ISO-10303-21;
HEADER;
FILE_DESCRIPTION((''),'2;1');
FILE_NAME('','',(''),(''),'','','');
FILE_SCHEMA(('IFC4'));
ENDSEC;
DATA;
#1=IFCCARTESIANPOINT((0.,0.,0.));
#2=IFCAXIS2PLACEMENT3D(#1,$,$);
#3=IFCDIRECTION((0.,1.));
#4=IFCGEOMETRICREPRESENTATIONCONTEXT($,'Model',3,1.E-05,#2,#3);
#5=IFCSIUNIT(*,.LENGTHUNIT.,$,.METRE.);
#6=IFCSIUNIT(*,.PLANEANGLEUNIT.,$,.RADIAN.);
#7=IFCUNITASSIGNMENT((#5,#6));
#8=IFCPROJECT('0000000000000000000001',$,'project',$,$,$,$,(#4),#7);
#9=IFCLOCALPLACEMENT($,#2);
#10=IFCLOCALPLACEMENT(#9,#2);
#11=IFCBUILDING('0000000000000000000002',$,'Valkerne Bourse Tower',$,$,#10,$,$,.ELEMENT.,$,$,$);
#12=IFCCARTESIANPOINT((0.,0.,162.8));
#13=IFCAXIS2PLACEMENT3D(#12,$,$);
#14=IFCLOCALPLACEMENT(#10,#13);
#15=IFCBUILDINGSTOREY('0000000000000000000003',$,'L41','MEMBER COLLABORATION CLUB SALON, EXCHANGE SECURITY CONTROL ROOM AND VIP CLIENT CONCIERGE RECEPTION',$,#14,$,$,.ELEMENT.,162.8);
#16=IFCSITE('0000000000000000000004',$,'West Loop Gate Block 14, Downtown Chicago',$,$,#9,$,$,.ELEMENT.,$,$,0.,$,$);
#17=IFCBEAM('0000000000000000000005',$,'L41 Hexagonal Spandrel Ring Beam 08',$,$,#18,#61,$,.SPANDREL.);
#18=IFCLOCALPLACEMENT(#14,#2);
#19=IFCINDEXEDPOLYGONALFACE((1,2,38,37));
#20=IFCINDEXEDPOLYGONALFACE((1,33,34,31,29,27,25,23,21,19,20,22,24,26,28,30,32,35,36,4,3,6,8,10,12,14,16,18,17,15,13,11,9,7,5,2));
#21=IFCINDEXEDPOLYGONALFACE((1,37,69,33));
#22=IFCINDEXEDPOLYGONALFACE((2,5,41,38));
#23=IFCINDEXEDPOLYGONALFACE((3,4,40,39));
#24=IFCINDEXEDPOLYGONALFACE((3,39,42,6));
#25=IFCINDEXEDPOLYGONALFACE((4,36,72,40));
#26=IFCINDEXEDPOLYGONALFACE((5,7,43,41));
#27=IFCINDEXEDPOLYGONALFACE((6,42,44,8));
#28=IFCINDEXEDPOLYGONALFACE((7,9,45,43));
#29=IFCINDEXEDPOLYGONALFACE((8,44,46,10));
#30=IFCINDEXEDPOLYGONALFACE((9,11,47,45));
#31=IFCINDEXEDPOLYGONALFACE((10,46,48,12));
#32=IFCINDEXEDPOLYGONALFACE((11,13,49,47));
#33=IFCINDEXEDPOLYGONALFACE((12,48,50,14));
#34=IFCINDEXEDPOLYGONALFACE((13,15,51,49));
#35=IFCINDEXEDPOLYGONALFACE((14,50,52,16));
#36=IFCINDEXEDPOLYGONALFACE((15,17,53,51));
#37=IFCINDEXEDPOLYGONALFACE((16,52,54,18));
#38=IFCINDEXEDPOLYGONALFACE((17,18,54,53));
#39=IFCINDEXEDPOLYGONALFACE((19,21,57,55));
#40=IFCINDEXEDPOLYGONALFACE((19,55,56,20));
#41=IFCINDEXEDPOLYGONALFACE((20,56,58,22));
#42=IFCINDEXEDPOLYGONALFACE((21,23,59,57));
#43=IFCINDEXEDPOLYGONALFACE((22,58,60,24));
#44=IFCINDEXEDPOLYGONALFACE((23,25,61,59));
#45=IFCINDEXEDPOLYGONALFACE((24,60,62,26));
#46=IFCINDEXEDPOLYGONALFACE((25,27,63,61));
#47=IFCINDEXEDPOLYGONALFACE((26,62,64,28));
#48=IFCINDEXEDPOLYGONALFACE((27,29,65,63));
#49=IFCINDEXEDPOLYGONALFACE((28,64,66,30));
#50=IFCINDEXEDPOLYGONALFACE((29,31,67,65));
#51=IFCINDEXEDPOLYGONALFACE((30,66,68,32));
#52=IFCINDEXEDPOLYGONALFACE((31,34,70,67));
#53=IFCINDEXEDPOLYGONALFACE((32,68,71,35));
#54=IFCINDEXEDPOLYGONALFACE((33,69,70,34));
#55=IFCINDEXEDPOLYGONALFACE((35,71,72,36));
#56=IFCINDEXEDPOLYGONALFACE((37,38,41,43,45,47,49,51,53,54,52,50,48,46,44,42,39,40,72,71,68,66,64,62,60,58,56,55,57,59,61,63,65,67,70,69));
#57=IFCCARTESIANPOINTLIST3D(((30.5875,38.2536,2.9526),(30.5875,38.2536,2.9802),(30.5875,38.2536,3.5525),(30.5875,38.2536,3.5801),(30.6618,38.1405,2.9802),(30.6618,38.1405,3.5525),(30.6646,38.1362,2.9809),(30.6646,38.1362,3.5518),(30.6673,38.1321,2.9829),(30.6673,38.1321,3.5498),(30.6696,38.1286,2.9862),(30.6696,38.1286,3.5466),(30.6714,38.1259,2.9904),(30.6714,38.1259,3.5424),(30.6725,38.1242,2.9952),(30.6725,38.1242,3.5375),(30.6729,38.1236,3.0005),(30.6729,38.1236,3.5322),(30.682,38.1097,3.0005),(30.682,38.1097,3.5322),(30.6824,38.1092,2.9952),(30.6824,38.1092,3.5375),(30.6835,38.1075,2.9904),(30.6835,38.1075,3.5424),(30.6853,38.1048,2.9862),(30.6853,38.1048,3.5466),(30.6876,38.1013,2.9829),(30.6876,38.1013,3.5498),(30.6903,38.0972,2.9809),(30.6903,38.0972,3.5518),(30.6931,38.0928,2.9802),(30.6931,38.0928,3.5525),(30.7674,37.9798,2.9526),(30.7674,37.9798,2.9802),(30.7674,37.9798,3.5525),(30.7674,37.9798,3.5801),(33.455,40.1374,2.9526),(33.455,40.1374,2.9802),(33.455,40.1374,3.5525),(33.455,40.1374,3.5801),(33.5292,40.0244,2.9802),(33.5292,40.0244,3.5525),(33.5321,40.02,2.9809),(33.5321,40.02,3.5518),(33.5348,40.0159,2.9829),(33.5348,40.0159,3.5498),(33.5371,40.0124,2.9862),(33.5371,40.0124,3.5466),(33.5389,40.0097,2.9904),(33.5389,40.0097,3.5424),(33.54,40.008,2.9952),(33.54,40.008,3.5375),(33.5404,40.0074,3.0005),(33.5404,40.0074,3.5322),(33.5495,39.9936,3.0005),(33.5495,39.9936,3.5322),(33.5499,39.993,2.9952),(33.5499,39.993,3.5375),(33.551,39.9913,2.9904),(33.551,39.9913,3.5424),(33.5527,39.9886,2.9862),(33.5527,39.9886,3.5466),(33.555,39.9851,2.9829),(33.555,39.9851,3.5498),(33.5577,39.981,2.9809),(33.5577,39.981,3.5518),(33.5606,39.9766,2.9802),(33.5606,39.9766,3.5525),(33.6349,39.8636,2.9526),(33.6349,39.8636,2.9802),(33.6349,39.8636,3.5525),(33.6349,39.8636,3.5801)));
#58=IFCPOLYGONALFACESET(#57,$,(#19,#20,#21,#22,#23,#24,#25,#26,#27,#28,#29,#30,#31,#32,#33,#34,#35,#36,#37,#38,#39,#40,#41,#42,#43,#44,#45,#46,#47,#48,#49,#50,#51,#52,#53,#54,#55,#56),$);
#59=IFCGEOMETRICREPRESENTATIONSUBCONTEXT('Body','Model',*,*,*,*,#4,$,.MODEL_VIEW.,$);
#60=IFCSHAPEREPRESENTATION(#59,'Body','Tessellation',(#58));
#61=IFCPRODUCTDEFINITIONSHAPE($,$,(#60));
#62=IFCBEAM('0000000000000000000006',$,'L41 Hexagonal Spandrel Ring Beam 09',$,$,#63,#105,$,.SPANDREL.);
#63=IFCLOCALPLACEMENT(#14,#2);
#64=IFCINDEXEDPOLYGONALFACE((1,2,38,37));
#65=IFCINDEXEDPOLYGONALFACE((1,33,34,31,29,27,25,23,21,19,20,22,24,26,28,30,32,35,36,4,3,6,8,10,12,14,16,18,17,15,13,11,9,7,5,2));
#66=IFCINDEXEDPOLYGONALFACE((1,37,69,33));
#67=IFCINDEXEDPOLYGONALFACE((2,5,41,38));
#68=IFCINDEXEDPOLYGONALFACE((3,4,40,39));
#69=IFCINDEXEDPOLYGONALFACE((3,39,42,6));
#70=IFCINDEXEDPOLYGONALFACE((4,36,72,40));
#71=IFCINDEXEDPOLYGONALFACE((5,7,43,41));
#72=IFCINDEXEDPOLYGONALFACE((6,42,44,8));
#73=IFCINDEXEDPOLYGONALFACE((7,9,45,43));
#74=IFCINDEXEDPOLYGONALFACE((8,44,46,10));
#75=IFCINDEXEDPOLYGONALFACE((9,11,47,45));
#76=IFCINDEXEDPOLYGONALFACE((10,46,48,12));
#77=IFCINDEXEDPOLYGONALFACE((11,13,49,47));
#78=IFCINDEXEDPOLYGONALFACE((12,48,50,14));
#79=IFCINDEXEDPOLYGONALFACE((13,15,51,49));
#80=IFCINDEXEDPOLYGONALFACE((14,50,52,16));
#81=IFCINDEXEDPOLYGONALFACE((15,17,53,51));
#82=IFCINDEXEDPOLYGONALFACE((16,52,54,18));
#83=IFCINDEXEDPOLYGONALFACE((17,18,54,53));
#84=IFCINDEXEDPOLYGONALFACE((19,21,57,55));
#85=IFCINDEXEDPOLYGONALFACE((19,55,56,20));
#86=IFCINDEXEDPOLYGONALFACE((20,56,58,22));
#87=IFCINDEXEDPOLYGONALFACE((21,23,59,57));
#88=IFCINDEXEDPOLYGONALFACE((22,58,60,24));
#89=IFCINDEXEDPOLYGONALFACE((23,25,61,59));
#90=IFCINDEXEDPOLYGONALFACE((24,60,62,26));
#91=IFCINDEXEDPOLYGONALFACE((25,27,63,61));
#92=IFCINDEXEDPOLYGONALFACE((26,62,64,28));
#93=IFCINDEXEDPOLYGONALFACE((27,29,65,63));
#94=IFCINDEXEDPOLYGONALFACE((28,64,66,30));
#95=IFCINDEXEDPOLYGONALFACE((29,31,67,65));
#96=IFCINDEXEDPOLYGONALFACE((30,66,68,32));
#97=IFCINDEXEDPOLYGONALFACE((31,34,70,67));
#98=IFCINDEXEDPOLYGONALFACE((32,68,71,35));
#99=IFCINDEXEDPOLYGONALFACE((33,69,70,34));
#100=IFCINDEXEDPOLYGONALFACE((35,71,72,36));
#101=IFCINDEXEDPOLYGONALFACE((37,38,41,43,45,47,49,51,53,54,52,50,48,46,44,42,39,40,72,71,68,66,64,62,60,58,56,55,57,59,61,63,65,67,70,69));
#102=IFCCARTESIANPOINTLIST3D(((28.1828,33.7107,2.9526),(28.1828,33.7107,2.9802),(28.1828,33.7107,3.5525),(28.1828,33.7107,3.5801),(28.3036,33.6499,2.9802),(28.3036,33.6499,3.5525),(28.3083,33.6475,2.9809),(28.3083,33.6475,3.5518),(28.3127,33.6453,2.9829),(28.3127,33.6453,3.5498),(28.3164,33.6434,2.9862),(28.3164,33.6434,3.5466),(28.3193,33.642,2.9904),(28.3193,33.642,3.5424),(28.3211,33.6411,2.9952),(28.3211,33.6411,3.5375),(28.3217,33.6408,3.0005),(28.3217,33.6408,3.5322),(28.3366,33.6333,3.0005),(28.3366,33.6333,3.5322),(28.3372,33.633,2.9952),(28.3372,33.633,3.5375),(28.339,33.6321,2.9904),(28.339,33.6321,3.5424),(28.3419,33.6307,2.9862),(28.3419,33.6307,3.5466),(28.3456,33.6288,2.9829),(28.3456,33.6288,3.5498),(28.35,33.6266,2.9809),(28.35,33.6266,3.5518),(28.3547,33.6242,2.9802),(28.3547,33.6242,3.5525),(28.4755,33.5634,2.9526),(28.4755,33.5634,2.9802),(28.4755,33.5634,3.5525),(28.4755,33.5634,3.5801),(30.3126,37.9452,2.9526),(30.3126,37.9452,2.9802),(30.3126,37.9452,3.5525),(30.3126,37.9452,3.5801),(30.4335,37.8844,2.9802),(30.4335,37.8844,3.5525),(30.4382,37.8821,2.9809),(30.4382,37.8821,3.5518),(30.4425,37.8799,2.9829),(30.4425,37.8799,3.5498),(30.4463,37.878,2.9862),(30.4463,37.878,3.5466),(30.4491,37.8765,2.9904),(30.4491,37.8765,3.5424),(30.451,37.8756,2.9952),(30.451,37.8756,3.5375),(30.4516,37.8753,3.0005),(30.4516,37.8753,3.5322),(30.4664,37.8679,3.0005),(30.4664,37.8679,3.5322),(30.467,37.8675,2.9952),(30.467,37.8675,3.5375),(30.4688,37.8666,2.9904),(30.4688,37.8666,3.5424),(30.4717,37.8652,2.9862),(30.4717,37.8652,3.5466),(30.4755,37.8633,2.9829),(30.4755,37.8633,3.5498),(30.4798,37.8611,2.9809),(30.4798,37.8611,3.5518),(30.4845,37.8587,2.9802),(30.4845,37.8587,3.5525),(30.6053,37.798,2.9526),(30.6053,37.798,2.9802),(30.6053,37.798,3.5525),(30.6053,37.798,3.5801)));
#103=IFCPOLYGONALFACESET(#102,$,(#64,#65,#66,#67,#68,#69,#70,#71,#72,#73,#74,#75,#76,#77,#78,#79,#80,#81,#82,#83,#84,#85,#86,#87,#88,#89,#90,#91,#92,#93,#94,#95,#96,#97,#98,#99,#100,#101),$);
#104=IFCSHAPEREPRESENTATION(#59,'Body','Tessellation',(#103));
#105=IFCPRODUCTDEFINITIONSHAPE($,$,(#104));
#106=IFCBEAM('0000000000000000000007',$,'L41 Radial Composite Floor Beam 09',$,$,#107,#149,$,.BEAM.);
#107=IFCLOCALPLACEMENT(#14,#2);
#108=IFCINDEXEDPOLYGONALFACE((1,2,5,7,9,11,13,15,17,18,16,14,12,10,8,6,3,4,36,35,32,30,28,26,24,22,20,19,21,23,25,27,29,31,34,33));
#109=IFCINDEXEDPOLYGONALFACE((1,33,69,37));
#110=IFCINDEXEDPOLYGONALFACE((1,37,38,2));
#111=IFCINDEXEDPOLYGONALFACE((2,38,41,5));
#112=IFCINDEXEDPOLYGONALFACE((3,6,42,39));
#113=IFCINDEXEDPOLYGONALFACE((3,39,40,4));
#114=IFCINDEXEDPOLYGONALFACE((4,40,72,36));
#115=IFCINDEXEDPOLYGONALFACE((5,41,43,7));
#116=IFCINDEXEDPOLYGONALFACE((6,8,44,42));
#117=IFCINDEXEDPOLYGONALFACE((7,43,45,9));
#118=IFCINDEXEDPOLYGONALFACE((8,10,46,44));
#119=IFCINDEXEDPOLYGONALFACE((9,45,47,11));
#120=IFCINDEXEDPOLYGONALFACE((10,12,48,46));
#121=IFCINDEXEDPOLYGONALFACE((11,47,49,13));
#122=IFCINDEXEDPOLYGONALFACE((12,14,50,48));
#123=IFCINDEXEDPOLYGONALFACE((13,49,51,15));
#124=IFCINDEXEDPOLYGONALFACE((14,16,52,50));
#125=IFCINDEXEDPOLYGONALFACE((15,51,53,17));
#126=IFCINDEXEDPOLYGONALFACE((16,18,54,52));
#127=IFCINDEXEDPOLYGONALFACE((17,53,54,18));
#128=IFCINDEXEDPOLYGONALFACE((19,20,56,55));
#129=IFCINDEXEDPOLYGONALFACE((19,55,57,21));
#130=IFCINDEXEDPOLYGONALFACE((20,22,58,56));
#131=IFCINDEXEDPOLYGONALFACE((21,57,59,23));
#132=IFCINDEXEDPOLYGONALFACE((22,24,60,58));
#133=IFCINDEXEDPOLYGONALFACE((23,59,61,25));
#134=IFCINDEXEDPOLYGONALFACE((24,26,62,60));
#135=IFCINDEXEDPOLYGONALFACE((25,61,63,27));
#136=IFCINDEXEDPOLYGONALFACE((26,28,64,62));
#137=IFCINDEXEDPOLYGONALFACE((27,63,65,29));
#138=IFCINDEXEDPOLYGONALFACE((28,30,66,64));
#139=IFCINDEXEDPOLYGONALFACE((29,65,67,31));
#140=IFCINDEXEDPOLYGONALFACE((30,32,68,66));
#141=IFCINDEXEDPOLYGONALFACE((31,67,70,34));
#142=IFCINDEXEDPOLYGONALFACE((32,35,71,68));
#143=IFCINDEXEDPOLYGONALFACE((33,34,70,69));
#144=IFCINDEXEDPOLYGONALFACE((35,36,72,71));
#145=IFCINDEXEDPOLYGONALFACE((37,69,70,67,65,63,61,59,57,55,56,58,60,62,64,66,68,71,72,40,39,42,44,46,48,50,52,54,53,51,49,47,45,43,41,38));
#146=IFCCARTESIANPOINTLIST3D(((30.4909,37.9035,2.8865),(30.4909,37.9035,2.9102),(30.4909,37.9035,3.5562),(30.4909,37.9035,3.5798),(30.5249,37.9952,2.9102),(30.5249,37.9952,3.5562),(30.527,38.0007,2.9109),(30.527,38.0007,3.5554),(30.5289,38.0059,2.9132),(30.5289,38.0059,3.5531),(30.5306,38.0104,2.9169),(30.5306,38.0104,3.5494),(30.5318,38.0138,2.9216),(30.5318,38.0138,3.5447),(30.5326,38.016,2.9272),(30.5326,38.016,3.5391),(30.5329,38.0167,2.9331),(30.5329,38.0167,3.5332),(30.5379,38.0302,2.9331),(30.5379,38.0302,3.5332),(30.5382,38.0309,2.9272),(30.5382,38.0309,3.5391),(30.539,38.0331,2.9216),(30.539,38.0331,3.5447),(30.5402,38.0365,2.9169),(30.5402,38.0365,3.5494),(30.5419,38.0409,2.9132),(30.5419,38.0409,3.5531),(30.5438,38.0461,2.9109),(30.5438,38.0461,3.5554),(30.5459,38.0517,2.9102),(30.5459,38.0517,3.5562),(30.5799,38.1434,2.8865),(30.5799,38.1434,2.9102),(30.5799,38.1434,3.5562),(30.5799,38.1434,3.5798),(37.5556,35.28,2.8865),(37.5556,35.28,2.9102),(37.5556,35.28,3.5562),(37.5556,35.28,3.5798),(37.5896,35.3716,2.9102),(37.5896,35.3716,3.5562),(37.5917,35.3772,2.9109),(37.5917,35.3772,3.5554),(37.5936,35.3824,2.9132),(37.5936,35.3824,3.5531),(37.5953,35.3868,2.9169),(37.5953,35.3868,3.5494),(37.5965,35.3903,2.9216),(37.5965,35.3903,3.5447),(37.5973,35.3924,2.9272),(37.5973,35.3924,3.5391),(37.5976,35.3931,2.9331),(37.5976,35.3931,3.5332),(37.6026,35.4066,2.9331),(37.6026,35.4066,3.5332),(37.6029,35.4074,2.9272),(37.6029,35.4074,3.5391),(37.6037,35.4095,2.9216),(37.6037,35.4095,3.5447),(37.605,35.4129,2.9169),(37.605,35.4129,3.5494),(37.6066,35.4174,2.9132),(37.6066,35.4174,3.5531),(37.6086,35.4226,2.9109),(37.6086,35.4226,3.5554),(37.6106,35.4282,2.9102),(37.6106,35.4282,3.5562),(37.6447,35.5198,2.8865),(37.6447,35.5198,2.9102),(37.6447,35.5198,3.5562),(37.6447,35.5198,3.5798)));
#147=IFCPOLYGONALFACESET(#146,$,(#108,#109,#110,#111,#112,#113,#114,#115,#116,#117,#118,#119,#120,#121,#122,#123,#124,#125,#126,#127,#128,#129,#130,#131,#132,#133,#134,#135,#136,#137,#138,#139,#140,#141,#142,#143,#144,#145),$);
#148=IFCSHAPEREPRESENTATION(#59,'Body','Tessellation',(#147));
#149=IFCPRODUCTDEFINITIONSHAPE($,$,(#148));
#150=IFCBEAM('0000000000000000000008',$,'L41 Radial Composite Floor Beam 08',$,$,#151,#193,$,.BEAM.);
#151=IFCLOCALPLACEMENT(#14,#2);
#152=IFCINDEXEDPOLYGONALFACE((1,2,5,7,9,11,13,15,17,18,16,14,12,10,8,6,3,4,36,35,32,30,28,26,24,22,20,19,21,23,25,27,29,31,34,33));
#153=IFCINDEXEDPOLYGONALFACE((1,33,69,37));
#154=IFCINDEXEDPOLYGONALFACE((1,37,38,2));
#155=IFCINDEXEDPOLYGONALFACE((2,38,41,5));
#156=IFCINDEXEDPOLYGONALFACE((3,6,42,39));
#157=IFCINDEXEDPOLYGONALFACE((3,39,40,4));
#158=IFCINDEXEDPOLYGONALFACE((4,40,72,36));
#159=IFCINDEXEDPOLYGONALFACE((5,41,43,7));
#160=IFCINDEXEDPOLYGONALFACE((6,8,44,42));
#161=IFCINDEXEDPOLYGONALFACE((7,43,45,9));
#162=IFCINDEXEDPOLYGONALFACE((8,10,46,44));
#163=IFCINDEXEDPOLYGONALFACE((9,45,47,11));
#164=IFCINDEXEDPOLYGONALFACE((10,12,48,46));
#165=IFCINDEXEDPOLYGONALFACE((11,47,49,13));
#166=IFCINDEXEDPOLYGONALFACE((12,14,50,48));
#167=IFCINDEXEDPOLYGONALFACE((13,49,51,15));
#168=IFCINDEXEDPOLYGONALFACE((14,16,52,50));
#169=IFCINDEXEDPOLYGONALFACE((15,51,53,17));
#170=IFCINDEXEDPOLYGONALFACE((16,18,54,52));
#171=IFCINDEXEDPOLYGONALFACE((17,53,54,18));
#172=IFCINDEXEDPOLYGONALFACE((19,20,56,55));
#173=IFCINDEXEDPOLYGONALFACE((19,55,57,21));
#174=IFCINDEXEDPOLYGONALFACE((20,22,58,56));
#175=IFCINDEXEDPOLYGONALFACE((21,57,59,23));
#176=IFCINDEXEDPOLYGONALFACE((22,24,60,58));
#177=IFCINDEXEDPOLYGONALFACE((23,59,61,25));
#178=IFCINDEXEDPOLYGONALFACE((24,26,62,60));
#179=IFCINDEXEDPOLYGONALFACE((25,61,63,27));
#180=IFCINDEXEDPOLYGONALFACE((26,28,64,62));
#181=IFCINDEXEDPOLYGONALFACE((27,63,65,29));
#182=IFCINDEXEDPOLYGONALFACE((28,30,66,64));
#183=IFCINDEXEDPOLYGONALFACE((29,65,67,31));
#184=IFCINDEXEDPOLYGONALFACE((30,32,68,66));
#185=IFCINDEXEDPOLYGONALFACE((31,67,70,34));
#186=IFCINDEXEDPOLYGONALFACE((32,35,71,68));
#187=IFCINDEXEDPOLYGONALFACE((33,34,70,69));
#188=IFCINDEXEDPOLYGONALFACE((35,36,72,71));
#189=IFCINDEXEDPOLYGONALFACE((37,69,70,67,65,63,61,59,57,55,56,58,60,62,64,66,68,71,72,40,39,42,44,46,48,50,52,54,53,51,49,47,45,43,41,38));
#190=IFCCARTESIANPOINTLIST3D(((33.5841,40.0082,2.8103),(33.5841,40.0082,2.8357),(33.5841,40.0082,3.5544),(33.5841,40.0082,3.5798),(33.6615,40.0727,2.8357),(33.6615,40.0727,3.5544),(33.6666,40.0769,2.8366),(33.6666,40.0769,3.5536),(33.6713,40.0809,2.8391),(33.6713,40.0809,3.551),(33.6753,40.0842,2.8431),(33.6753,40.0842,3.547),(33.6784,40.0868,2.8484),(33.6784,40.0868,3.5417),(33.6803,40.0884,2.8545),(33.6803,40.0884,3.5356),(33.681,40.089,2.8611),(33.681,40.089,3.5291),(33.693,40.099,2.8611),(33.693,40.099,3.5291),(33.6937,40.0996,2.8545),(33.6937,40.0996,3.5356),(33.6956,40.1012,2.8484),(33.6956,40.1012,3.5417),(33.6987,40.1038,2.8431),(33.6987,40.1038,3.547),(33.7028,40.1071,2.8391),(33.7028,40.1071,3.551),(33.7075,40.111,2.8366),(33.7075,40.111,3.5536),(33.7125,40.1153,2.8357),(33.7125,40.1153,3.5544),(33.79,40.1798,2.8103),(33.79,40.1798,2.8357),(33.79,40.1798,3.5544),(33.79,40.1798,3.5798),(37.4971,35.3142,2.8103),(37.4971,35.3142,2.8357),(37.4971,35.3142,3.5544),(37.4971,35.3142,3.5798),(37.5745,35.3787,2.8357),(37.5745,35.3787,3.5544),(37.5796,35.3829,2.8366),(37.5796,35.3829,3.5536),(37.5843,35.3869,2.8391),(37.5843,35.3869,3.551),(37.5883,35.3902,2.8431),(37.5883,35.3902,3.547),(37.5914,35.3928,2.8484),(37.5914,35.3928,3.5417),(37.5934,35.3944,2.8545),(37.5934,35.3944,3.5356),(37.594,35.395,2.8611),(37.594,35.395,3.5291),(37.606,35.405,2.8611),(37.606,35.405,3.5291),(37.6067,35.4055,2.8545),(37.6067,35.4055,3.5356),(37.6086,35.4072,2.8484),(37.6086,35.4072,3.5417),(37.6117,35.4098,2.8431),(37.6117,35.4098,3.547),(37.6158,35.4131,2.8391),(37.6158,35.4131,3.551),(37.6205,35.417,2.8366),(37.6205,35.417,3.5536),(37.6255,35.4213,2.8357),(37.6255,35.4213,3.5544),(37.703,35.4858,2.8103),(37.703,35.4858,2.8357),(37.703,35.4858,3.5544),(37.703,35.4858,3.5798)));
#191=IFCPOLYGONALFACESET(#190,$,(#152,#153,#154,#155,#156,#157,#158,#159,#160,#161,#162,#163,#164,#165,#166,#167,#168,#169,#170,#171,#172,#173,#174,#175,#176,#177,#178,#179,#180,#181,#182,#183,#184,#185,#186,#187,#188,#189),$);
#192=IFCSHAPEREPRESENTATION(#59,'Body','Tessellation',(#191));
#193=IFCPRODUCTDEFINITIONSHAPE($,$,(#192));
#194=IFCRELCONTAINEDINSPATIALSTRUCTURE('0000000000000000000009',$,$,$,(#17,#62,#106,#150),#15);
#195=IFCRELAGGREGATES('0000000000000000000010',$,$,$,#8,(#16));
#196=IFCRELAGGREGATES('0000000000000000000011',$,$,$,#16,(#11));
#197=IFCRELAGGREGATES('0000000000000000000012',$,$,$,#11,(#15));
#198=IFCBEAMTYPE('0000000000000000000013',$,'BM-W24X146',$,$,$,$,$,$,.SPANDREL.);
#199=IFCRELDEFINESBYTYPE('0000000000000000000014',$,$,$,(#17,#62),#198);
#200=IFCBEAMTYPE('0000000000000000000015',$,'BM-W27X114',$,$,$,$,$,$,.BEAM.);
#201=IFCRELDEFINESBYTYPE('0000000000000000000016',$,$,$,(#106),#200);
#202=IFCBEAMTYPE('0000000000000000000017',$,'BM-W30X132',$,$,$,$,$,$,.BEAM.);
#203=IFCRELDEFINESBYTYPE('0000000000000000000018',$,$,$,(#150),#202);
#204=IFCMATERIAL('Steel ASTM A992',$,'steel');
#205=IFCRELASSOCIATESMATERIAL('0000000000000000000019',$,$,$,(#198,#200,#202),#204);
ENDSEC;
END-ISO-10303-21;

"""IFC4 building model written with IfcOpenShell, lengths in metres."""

from ifc_helpers import new_model, si_unit, direction, frame, origin, origin_2d, place, context, subcontext, project, spatial, i_section, extrude, material, material_profile, profile_set, type_object, element, save


model = new_model("IFC4")

# Units and contexts
model_context = context("Model", 3, precision=1e-05, world=origin(), true_north=direction((0.0, 1.0)))
body_context = subcontext(model_context, "Body", "Model", "MODEL_VIEW")
ifc_project = project(units=[si_unit("LENGTHUNIT", "METRE"), si_unit("PLANEANGLEUNIT", "RADIAN")], contexts=[model_context])

# Site, building, storey
site_placement = place(None, origin())
site = spatial("IfcSite", under=ifc_project, at=site_placement, Name="West Loop Gate Block 14, Downtown Chicago", CompositionType="ELEMENT", RefElevation=0.0)
building_placement = place(site_placement, origin())
building = spatial("IfcBuilding", under=site, at=building_placement, Name="Valkerne Bourse Tower", CompositionType="ELEMENT")
storey_placement = place(building_placement, frame((0.0, 0.0, 162.8)))
storey = spatial("IfcBuildingStorey", under=building, at=storey_placement, Name="L41", Description="MEMBER COLLABORATION CLUB SALON, EXCHANGE SECURITY CONTROL ROOM AND VIP CLIENT CONCIERGE RECEPTION", CompositionType="ELEMENT", Elevation=162.8)

# Beams
ifc_material_1 = material(Name="Steel ASTM A992", Category="steel")
ifc_material_profile_1 = material_profile(ifc_material_1, i_section(OverallWidth=0.3276, OverallDepth=0.6274, WebThickness=0.0166, FlangeThickness=0.0276, FilletRadius=0.0203, at=origin_2d()), Name="W24X146")
ifc_profile_set_1 = profile_set([ifc_material_profile_1], Name="Steel ASTM A992")
beam_type_1 = type_object("IfcBeamType", Name="BM-W24X146", PredefinedType="SPANDREL", material=ifc_profile_set_1)
beam_1_placement = place(storey_placement, frame((33.5449, 40.0005, 3.2664), z_axis=(-0.835775, -0.549071, 0.0), x_axis=(0.549071, -0.835775, 0.0)))
element("IfcBeam", 1, at=beam_1_placement, inside=storey, type_object=beam_type_1, Name="L41 Hexagonal Spandrel Ring Beam 08", PredefinedType="SPANDREL", context=body_context, shape_type="SweptSolid", body=[
    extrude(i_section(OverallWidth=0.3276, OverallDepth=0.6274, WebThickness=0.0166, FlangeThickness=0.0276, FilletRadius=0.0203, at=origin_2d()), origin(), (0.0, 0.0, 1.0), 3.4309),
])
beam_2_placement = place(storey_placement, frame((30.459, 37.8716, 3.2664), z_axis=(-0.449334, -0.893364, 0.0), x_axis=(0.893364, -0.449334, 0.0)))
element("IfcBeam", 2, at=beam_2_placement, inside=storey, type_object=beam_type_1, Name="L41 Hexagonal Spandrel Ring Beam 09", PredefinedType="SPANDREL", context=body_context, shape_type="SweptSolid", body=[
    extrude(i_section(OverallWidth=0.3276, OverallDepth=0.6274, WebThickness=0.0166, FlangeThickness=0.0276, FilletRadius=0.0203, at=origin_2d()), origin(), (0.0, 0.0, 1.0), 4.74),
])
ifc_material_profile_2 = material_profile(ifc_material_1, i_section(OverallWidth=0.2559, OverallDepth=0.6934, WebThickness=0.0144, FlangeThickness=0.0237, FilletRadius=0.0229, at=origin_2d()), Name="W27X114")
ifc_profile_set_2 = profile_set([ifc_material_profile_2], Name="Steel ASTM A992")
beam_type_2 = type_object("IfcBeamType", Name="BM-W27X114", PredefinedType="BEAM", material=ifc_profile_set_2)
beam_3_placement = place(storey_placement, frame((30.5354, 38.0234, 3.2332), z_axis=(0.937447, -0.348129, 0.0), x_axis=(0.348129, 0.937447, 0.0)))
element("IfcBeam", 3, at=beam_3_placement, inside=storey, type_object=beam_type_2, Name="L41 Radial Composite Floor Beam 09", PredefinedType="BEAM", context=body_context, shape_type="SweptSolid", body=[
    extrude(i_section(OverallWidth=0.2559, OverallDepth=0.6934, WebThickness=0.0144, FlangeThickness=0.0237, FilletRadius=0.0229, at=origin_2d()), origin(), (0.0, 0.0, 1.0), 7.5361),
])
ifc_material_profile_3 = material_profile(ifc_material_1, i_section(OverallWidth=0.2681, OverallDepth=0.7695, WebThickness=0.0156, FlangeThickness=0.0254, FilletRadius=0.0254, at=origin_2d()), Name="W30X132")
ifc_profile_set_3 = profile_set([ifc_material_profile_3], Name="Steel ASTM A992")
beam_type_3 = type_object("IfcBeamType", Name="BM-W30X132", PredefinedType="BEAM", material=ifc_profile_set_3)
beam_4_placement = place(storey_placement, frame((33.687, 40.094, 3.1951), z_axis=(0.640314, -0.768113, 0.0), x_axis=(0.768113, 0.640314, 0.0)))
element("IfcBeam", 4, at=beam_4_placement, inside=storey, type_object=beam_type_3, Name="L41 Radial Composite Floor Beam 08", PredefinedType="BEAM", context=body_context, shape_type="SweptSolid", body=[
    extrude(i_section(OverallWidth=0.2681, OverallDepth=0.7695, WebThickness=0.0156, FlangeThickness=0.0254, FilletRadius=0.0254, at=origin_2d()), origin(), (0.0, 0.0, 1.0), 6.1111),
])

save(model, "model.ifc")
